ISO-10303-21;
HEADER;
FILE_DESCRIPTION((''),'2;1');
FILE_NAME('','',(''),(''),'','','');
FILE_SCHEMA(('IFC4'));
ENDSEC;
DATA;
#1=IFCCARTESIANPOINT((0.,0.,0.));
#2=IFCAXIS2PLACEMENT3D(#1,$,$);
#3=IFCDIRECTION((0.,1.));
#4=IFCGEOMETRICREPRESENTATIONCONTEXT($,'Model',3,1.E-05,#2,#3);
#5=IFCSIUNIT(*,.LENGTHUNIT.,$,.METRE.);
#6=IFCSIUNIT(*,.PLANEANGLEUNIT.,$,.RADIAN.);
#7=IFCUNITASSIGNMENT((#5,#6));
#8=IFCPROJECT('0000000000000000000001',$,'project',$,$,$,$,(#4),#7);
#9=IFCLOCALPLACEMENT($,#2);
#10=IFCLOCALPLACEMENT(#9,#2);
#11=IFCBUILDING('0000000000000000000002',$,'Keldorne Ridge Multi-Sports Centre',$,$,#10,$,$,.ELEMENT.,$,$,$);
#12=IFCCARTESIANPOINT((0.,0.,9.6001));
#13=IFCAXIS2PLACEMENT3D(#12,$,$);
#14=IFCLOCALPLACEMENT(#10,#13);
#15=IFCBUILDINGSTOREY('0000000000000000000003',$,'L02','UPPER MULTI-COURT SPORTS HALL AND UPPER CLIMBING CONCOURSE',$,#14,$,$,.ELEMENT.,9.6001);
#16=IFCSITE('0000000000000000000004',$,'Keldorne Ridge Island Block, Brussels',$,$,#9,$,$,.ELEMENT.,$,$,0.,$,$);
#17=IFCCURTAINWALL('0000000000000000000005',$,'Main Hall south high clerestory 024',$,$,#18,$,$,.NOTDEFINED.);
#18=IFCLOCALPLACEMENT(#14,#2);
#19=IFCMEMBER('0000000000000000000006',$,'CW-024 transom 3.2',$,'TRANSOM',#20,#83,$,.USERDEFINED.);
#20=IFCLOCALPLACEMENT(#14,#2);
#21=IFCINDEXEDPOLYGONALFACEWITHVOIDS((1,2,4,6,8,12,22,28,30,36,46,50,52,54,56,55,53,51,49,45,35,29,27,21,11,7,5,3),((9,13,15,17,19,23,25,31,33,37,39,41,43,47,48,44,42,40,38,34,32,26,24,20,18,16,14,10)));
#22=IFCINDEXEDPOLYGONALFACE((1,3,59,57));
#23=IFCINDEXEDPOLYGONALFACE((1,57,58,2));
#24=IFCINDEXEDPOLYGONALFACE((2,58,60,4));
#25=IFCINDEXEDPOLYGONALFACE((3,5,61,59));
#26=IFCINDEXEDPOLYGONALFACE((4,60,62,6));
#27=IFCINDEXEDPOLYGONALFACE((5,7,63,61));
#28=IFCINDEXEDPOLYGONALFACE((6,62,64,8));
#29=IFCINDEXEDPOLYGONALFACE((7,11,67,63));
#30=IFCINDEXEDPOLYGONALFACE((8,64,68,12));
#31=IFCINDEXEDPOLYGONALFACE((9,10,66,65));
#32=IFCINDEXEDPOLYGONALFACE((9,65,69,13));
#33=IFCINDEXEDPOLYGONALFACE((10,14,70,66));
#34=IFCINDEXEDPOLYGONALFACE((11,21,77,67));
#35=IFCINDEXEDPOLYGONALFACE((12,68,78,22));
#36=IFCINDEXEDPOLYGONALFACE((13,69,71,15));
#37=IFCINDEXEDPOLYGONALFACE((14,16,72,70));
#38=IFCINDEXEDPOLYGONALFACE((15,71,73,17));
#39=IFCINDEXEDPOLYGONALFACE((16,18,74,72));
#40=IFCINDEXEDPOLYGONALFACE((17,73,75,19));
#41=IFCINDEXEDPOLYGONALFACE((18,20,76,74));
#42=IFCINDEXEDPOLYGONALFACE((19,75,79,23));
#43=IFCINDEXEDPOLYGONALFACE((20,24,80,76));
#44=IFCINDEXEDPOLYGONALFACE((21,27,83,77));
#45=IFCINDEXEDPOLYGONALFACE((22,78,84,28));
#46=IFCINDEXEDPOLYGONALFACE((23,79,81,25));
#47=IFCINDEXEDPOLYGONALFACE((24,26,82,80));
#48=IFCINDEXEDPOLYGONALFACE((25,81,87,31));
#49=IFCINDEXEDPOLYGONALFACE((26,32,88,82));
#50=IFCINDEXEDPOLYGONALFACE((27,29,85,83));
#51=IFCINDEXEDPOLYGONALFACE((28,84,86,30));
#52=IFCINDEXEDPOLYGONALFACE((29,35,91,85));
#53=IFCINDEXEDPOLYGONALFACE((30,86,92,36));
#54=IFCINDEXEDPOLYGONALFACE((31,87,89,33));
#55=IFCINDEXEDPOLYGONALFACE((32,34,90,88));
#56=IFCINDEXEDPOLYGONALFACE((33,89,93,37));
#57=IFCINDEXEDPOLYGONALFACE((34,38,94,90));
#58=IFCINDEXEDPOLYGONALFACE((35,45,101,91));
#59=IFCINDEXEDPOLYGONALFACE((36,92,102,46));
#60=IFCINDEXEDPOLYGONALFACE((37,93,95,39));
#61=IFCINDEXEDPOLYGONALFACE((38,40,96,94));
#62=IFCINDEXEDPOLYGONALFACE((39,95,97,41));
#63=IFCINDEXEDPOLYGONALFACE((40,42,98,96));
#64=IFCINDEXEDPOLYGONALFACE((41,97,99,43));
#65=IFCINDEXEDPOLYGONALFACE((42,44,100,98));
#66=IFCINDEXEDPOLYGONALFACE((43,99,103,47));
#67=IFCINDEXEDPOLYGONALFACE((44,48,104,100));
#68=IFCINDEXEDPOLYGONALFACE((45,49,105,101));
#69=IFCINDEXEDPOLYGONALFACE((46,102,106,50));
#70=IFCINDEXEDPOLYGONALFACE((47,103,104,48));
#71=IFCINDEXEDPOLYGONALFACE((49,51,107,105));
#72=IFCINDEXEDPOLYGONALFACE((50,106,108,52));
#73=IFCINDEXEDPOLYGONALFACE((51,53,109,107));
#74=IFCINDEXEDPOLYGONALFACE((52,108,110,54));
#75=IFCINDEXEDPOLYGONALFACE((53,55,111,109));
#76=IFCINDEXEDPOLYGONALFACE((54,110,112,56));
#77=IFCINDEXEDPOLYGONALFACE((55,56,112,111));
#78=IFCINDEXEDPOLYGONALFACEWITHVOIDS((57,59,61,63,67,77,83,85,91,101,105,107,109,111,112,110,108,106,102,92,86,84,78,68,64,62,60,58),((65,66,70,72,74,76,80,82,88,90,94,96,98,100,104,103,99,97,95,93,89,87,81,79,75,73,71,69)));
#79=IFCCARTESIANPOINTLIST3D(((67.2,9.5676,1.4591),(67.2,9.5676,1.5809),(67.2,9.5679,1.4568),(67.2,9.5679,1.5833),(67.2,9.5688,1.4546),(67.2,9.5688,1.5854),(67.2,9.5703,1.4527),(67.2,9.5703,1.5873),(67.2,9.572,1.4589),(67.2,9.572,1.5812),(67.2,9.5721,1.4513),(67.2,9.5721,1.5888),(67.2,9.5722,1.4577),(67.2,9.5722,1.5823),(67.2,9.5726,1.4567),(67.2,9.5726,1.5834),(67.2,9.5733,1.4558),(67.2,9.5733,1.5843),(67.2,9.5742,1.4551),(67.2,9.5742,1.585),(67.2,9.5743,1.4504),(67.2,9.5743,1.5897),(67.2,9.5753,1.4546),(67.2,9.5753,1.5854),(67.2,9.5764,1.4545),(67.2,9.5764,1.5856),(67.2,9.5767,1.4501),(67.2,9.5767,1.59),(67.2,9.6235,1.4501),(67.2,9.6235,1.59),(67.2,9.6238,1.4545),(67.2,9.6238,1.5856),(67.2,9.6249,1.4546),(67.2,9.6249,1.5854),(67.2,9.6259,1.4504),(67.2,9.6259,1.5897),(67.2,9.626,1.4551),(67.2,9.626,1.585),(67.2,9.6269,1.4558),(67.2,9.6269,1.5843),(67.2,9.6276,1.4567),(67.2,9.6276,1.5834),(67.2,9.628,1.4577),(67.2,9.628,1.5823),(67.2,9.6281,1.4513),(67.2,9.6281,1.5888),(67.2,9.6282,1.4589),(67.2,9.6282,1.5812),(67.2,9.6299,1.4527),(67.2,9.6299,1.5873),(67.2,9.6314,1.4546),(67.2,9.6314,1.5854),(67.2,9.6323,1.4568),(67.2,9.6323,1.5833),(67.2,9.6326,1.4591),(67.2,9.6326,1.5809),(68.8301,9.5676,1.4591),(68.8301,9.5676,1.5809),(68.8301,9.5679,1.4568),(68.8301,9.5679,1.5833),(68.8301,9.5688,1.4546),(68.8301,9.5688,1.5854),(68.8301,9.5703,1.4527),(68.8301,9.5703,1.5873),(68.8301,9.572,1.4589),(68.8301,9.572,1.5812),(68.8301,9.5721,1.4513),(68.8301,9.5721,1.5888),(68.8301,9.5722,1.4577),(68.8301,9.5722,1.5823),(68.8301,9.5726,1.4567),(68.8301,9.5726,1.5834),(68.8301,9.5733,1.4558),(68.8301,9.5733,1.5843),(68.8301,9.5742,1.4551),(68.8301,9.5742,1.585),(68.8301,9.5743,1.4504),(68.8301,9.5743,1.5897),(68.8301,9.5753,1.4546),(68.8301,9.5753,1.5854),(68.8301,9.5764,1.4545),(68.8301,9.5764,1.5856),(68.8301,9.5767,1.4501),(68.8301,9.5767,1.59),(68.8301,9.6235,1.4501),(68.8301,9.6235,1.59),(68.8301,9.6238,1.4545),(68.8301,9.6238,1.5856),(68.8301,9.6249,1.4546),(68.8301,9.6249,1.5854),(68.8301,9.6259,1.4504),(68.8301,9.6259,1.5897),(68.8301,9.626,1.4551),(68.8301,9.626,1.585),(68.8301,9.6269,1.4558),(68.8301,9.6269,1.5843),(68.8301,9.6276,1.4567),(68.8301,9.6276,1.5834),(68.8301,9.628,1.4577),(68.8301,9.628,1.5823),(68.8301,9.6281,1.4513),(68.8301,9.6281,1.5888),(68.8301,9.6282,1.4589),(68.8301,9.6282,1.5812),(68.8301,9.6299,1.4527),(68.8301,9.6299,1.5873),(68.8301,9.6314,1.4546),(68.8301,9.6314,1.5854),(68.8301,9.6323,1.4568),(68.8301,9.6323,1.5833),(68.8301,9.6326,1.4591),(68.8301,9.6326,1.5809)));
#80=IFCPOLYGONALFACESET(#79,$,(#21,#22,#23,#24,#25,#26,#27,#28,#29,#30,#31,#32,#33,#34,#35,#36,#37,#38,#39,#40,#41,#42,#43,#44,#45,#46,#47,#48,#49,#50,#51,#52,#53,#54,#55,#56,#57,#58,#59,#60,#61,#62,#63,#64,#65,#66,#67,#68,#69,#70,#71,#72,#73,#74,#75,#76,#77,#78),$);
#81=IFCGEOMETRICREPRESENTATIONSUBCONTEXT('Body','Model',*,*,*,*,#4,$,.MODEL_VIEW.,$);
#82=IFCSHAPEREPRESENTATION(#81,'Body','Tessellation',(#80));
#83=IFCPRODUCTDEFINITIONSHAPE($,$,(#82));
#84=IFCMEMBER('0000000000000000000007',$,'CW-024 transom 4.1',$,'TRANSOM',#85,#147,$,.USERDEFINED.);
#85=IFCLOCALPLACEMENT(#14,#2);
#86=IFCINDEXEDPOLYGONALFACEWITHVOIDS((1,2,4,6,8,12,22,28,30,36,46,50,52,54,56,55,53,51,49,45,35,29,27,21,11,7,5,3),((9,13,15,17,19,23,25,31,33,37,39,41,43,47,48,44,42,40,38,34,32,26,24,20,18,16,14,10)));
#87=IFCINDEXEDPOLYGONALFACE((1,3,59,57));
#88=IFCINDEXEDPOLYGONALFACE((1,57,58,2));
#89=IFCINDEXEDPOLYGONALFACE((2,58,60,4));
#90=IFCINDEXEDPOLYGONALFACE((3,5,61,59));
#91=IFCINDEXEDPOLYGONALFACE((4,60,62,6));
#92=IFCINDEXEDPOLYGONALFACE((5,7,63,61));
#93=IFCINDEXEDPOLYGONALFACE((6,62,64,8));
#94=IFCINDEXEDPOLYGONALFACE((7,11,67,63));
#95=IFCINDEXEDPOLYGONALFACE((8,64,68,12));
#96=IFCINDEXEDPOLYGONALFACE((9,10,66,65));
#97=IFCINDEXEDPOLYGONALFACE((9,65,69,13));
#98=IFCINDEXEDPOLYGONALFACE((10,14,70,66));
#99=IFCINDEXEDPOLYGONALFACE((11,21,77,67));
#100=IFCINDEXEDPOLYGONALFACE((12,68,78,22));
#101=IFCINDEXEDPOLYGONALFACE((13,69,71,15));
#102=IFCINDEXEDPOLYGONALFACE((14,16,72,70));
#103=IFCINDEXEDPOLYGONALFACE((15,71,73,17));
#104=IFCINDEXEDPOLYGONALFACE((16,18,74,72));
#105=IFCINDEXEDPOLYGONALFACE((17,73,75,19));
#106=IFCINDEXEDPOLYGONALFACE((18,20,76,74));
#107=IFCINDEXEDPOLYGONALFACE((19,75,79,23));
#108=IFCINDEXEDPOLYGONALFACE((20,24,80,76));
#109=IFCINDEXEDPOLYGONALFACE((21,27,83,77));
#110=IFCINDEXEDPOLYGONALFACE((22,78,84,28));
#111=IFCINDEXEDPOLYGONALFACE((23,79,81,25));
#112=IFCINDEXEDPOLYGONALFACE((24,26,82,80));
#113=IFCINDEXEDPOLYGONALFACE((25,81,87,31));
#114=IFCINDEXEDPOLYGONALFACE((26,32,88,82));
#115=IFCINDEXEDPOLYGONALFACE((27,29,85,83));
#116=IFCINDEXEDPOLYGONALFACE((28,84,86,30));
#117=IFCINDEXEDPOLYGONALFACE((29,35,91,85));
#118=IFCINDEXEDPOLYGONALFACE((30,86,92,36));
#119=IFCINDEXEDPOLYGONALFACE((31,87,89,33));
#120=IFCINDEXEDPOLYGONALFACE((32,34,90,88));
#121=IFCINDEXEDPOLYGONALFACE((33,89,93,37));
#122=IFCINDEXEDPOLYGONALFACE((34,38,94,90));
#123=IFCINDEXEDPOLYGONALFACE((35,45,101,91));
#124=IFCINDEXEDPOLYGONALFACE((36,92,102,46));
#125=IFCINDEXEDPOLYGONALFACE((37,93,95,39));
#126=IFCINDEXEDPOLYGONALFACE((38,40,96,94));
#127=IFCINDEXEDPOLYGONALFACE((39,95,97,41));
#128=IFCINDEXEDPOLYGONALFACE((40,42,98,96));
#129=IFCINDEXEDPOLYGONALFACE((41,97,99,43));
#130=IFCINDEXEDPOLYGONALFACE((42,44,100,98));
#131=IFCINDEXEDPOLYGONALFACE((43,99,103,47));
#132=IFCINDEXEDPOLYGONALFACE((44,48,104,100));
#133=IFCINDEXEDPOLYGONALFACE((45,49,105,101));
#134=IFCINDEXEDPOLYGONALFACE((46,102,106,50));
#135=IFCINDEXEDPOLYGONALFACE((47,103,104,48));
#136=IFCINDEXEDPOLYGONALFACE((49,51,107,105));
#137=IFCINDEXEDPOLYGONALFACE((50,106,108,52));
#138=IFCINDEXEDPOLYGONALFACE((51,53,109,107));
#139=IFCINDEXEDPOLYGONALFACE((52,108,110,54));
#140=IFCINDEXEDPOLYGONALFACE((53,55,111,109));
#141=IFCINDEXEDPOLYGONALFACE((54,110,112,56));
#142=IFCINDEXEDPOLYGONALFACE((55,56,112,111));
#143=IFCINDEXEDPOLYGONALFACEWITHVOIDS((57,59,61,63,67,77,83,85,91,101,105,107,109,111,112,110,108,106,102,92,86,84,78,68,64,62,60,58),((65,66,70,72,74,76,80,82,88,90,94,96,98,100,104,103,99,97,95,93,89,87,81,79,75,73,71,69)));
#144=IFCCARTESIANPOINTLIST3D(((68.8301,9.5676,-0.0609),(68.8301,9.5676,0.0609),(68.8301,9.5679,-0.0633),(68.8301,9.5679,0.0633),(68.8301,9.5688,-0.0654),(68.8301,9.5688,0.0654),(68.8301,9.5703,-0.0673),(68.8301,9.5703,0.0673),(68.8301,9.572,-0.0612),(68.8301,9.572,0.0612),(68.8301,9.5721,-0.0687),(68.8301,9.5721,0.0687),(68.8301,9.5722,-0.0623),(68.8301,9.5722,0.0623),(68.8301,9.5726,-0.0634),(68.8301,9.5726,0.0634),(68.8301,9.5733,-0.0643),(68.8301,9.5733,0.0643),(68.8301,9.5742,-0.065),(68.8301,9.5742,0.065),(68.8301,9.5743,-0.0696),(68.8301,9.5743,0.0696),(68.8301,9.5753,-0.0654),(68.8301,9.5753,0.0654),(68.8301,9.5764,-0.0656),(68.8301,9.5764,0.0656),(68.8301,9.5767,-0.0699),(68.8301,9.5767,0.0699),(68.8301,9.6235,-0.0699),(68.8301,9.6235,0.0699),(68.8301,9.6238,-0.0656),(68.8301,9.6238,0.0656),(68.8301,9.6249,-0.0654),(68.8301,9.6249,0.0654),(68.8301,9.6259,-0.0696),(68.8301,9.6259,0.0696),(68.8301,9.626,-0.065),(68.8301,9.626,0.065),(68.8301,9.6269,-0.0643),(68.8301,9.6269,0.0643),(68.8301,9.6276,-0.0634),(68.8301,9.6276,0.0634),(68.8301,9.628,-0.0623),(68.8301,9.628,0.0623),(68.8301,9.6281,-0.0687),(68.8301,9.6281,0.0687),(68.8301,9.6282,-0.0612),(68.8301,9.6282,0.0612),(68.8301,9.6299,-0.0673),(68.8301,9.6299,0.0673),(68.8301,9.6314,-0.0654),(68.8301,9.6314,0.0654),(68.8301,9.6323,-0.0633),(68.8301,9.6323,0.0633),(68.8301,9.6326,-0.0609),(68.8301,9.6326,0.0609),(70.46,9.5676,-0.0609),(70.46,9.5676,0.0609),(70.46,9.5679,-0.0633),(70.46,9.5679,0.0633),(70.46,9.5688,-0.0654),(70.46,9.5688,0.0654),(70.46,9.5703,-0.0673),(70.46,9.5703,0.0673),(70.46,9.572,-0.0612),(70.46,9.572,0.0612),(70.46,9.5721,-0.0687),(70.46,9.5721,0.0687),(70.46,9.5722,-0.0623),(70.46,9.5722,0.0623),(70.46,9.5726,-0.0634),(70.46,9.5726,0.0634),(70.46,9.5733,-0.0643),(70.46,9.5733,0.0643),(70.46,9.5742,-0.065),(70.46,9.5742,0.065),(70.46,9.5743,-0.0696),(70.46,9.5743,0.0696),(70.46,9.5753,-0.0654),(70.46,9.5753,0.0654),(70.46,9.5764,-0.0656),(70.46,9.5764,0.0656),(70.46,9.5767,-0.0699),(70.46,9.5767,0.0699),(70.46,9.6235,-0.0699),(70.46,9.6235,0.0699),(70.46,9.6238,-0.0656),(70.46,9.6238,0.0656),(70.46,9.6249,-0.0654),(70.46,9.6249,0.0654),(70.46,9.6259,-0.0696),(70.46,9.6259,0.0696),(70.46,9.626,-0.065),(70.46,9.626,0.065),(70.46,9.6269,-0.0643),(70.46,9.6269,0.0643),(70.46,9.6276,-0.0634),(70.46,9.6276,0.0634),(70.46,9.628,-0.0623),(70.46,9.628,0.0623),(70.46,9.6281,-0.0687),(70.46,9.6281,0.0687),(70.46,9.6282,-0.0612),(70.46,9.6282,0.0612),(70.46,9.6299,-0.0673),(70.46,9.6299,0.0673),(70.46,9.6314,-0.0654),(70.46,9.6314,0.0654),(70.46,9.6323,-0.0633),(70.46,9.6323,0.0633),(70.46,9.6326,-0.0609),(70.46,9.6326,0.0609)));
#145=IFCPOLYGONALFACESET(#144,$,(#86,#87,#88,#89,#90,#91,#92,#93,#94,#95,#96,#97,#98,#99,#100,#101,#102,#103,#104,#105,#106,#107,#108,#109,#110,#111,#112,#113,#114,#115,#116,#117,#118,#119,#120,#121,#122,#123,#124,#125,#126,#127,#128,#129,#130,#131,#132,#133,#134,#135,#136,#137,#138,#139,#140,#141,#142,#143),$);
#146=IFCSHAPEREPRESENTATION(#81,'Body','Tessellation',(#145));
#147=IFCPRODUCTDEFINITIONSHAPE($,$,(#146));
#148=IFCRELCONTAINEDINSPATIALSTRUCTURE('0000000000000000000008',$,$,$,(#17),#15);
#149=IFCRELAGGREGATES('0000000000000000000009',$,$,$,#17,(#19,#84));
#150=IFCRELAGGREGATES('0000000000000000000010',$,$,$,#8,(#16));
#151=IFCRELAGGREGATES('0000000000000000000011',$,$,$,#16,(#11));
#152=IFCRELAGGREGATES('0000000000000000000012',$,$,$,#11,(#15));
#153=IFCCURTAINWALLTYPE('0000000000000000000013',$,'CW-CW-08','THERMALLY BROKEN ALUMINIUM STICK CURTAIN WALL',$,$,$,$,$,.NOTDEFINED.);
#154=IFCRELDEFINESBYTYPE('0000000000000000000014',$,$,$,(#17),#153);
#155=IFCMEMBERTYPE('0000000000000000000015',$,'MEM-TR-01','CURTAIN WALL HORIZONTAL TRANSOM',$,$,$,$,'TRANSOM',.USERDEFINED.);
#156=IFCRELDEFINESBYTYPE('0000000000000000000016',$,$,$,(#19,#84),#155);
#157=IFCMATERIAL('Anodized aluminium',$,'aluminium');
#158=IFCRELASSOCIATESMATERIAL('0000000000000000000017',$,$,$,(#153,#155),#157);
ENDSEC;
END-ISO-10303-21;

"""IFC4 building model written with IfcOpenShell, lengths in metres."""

from ifc_helpers import new_model, si_unit, direction, frame, origin, origin_2d, place, context, subcontext, project, spatial, hollow_rectangle, extrude, material, material_profile, profile_set, type_object, element, aggregate, save


model = new_model("IFC4")

# Units and contexts
model_context = context("Model", 3, precision=1e-05, world=origin(), true_north=direction((0.0, 1.0)))
body_context = subcontext(model_context, "Body", "Model", "MODEL_VIEW")
ifc_project = project(units=[si_unit("LENGTHUNIT", "METRE"), si_unit("PLANEANGLEUNIT", "RADIAN")], contexts=[model_context])

# Site, building, storey
site_placement = place(None, origin())
site = spatial("IfcSite", under=ifc_project, at=site_placement, Name="Keldorne Ridge Island Block, Brussels", CompositionType="ELEMENT", RefElevation=0.0)
building_placement = place(site_placement, origin())
building = spatial("IfcBuilding", under=site, at=building_placement, Name="Keldorne Ridge Multi-Sports Centre", CompositionType="ELEMENT")
storey_placement = place(building_placement, frame((0.0, 0.0, 9.6001)))
storey = spatial("IfcBuildingStorey", under=building, at=storey_placement, Name="L02", Description="UPPER MULTI-COURT SPORTS HALL AND UPPER CLIMBING CONCOURSE", CompositionType="ELEMENT", Elevation=9.6001)

# Curtain wall
ifc_material_1 = material(Name="Anodized aluminium", Category="aluminium")
curtain_wall_type_1 = type_object("IfcCurtainWallType", Name="CW-CW-08", Description="THERMALLY BROKEN ALUMINIUM STICK CURTAIN WALL", PredefinedType="NOTDEFINED", material=ifc_material_1)
curtain_wall_1_placement = place(storey_placement, origin())
curtain_wall_1 = element("IfcCurtainWall", 1, at=curtain_wall_1_placement, inside=storey, type_object=curtain_wall_type_1, Name="Main Hall south high clerestory 024", PredefinedType="NOTDEFINED")

# Members
ifc_material_profile_1 = material_profile(ifc_material_1, hollow_rectangle(XDim=0.0649, YDim=0.1399, WallThickness=0.0044, InnerFilletRadius=0.0044, OuterFilletRadius=0.009, at=origin_2d()), Name="ALU TRANSOM 140x65x4.5")
ifc_profile_set_1 = profile_set([ifc_material_profile_1], Name="Anodized aluminium")
member_type_1 = type_object("IfcMemberType", Name="MEM-TR-01", Description="CURTAIN WALL HORIZONTAL TRANSOM", ElementType="TRANSOM", PredefinedType="USERDEFINED", material=ifc_profile_set_1)
member_1_placement = place(storey_placement, frame((67.2, 9.6001, 1.52), z_axis=(1.0, 0.0, 0.0), x_axis=(0.0, 1.0, 0.0)))
member_1 = element("IfcMember", 2, at=member_1_placement, type_object=member_type_1, Name="CW-024 transom 3.2", ObjectType="TRANSOM", PredefinedType="USERDEFINED", context=body_context, shape_type="SweptSolid", body=[
    extrude(hollow_rectangle(XDim=0.0649, YDim=0.1399, WallThickness=0.0044, InnerFilletRadius=0.0044, OuterFilletRadius=0.009, at=origin_2d()), origin(), (0.0, 0.0, 1.0), 1.6301),
])
member_2_placement = place(storey_placement, frame((68.8301, 9.6001, 0.0), z_axis=(1.0, 0.0, 0.0), x_axis=(0.0, 1.0, 0.0)))
member_2 = element("IfcMember", 3, at=member_2_placement, type_object=member_type_1, Name="CW-024 transom 4.1", ObjectType="TRANSOM", PredefinedType="USERDEFINED", context=body_context, shape_type="SweptSolid", body=[
    extrude(hollow_rectangle(XDim=0.0649, YDim=0.1399, WallThickness=0.0044, InnerFilletRadius=0.0044, OuterFilletRadius=0.009, at=origin_2d()), origin(), (0.0, 0.0, 1.0), 1.6299),
])

aggregate(curtain_wall_1, [member_1, member_2])

save(model, "model.ifc")
